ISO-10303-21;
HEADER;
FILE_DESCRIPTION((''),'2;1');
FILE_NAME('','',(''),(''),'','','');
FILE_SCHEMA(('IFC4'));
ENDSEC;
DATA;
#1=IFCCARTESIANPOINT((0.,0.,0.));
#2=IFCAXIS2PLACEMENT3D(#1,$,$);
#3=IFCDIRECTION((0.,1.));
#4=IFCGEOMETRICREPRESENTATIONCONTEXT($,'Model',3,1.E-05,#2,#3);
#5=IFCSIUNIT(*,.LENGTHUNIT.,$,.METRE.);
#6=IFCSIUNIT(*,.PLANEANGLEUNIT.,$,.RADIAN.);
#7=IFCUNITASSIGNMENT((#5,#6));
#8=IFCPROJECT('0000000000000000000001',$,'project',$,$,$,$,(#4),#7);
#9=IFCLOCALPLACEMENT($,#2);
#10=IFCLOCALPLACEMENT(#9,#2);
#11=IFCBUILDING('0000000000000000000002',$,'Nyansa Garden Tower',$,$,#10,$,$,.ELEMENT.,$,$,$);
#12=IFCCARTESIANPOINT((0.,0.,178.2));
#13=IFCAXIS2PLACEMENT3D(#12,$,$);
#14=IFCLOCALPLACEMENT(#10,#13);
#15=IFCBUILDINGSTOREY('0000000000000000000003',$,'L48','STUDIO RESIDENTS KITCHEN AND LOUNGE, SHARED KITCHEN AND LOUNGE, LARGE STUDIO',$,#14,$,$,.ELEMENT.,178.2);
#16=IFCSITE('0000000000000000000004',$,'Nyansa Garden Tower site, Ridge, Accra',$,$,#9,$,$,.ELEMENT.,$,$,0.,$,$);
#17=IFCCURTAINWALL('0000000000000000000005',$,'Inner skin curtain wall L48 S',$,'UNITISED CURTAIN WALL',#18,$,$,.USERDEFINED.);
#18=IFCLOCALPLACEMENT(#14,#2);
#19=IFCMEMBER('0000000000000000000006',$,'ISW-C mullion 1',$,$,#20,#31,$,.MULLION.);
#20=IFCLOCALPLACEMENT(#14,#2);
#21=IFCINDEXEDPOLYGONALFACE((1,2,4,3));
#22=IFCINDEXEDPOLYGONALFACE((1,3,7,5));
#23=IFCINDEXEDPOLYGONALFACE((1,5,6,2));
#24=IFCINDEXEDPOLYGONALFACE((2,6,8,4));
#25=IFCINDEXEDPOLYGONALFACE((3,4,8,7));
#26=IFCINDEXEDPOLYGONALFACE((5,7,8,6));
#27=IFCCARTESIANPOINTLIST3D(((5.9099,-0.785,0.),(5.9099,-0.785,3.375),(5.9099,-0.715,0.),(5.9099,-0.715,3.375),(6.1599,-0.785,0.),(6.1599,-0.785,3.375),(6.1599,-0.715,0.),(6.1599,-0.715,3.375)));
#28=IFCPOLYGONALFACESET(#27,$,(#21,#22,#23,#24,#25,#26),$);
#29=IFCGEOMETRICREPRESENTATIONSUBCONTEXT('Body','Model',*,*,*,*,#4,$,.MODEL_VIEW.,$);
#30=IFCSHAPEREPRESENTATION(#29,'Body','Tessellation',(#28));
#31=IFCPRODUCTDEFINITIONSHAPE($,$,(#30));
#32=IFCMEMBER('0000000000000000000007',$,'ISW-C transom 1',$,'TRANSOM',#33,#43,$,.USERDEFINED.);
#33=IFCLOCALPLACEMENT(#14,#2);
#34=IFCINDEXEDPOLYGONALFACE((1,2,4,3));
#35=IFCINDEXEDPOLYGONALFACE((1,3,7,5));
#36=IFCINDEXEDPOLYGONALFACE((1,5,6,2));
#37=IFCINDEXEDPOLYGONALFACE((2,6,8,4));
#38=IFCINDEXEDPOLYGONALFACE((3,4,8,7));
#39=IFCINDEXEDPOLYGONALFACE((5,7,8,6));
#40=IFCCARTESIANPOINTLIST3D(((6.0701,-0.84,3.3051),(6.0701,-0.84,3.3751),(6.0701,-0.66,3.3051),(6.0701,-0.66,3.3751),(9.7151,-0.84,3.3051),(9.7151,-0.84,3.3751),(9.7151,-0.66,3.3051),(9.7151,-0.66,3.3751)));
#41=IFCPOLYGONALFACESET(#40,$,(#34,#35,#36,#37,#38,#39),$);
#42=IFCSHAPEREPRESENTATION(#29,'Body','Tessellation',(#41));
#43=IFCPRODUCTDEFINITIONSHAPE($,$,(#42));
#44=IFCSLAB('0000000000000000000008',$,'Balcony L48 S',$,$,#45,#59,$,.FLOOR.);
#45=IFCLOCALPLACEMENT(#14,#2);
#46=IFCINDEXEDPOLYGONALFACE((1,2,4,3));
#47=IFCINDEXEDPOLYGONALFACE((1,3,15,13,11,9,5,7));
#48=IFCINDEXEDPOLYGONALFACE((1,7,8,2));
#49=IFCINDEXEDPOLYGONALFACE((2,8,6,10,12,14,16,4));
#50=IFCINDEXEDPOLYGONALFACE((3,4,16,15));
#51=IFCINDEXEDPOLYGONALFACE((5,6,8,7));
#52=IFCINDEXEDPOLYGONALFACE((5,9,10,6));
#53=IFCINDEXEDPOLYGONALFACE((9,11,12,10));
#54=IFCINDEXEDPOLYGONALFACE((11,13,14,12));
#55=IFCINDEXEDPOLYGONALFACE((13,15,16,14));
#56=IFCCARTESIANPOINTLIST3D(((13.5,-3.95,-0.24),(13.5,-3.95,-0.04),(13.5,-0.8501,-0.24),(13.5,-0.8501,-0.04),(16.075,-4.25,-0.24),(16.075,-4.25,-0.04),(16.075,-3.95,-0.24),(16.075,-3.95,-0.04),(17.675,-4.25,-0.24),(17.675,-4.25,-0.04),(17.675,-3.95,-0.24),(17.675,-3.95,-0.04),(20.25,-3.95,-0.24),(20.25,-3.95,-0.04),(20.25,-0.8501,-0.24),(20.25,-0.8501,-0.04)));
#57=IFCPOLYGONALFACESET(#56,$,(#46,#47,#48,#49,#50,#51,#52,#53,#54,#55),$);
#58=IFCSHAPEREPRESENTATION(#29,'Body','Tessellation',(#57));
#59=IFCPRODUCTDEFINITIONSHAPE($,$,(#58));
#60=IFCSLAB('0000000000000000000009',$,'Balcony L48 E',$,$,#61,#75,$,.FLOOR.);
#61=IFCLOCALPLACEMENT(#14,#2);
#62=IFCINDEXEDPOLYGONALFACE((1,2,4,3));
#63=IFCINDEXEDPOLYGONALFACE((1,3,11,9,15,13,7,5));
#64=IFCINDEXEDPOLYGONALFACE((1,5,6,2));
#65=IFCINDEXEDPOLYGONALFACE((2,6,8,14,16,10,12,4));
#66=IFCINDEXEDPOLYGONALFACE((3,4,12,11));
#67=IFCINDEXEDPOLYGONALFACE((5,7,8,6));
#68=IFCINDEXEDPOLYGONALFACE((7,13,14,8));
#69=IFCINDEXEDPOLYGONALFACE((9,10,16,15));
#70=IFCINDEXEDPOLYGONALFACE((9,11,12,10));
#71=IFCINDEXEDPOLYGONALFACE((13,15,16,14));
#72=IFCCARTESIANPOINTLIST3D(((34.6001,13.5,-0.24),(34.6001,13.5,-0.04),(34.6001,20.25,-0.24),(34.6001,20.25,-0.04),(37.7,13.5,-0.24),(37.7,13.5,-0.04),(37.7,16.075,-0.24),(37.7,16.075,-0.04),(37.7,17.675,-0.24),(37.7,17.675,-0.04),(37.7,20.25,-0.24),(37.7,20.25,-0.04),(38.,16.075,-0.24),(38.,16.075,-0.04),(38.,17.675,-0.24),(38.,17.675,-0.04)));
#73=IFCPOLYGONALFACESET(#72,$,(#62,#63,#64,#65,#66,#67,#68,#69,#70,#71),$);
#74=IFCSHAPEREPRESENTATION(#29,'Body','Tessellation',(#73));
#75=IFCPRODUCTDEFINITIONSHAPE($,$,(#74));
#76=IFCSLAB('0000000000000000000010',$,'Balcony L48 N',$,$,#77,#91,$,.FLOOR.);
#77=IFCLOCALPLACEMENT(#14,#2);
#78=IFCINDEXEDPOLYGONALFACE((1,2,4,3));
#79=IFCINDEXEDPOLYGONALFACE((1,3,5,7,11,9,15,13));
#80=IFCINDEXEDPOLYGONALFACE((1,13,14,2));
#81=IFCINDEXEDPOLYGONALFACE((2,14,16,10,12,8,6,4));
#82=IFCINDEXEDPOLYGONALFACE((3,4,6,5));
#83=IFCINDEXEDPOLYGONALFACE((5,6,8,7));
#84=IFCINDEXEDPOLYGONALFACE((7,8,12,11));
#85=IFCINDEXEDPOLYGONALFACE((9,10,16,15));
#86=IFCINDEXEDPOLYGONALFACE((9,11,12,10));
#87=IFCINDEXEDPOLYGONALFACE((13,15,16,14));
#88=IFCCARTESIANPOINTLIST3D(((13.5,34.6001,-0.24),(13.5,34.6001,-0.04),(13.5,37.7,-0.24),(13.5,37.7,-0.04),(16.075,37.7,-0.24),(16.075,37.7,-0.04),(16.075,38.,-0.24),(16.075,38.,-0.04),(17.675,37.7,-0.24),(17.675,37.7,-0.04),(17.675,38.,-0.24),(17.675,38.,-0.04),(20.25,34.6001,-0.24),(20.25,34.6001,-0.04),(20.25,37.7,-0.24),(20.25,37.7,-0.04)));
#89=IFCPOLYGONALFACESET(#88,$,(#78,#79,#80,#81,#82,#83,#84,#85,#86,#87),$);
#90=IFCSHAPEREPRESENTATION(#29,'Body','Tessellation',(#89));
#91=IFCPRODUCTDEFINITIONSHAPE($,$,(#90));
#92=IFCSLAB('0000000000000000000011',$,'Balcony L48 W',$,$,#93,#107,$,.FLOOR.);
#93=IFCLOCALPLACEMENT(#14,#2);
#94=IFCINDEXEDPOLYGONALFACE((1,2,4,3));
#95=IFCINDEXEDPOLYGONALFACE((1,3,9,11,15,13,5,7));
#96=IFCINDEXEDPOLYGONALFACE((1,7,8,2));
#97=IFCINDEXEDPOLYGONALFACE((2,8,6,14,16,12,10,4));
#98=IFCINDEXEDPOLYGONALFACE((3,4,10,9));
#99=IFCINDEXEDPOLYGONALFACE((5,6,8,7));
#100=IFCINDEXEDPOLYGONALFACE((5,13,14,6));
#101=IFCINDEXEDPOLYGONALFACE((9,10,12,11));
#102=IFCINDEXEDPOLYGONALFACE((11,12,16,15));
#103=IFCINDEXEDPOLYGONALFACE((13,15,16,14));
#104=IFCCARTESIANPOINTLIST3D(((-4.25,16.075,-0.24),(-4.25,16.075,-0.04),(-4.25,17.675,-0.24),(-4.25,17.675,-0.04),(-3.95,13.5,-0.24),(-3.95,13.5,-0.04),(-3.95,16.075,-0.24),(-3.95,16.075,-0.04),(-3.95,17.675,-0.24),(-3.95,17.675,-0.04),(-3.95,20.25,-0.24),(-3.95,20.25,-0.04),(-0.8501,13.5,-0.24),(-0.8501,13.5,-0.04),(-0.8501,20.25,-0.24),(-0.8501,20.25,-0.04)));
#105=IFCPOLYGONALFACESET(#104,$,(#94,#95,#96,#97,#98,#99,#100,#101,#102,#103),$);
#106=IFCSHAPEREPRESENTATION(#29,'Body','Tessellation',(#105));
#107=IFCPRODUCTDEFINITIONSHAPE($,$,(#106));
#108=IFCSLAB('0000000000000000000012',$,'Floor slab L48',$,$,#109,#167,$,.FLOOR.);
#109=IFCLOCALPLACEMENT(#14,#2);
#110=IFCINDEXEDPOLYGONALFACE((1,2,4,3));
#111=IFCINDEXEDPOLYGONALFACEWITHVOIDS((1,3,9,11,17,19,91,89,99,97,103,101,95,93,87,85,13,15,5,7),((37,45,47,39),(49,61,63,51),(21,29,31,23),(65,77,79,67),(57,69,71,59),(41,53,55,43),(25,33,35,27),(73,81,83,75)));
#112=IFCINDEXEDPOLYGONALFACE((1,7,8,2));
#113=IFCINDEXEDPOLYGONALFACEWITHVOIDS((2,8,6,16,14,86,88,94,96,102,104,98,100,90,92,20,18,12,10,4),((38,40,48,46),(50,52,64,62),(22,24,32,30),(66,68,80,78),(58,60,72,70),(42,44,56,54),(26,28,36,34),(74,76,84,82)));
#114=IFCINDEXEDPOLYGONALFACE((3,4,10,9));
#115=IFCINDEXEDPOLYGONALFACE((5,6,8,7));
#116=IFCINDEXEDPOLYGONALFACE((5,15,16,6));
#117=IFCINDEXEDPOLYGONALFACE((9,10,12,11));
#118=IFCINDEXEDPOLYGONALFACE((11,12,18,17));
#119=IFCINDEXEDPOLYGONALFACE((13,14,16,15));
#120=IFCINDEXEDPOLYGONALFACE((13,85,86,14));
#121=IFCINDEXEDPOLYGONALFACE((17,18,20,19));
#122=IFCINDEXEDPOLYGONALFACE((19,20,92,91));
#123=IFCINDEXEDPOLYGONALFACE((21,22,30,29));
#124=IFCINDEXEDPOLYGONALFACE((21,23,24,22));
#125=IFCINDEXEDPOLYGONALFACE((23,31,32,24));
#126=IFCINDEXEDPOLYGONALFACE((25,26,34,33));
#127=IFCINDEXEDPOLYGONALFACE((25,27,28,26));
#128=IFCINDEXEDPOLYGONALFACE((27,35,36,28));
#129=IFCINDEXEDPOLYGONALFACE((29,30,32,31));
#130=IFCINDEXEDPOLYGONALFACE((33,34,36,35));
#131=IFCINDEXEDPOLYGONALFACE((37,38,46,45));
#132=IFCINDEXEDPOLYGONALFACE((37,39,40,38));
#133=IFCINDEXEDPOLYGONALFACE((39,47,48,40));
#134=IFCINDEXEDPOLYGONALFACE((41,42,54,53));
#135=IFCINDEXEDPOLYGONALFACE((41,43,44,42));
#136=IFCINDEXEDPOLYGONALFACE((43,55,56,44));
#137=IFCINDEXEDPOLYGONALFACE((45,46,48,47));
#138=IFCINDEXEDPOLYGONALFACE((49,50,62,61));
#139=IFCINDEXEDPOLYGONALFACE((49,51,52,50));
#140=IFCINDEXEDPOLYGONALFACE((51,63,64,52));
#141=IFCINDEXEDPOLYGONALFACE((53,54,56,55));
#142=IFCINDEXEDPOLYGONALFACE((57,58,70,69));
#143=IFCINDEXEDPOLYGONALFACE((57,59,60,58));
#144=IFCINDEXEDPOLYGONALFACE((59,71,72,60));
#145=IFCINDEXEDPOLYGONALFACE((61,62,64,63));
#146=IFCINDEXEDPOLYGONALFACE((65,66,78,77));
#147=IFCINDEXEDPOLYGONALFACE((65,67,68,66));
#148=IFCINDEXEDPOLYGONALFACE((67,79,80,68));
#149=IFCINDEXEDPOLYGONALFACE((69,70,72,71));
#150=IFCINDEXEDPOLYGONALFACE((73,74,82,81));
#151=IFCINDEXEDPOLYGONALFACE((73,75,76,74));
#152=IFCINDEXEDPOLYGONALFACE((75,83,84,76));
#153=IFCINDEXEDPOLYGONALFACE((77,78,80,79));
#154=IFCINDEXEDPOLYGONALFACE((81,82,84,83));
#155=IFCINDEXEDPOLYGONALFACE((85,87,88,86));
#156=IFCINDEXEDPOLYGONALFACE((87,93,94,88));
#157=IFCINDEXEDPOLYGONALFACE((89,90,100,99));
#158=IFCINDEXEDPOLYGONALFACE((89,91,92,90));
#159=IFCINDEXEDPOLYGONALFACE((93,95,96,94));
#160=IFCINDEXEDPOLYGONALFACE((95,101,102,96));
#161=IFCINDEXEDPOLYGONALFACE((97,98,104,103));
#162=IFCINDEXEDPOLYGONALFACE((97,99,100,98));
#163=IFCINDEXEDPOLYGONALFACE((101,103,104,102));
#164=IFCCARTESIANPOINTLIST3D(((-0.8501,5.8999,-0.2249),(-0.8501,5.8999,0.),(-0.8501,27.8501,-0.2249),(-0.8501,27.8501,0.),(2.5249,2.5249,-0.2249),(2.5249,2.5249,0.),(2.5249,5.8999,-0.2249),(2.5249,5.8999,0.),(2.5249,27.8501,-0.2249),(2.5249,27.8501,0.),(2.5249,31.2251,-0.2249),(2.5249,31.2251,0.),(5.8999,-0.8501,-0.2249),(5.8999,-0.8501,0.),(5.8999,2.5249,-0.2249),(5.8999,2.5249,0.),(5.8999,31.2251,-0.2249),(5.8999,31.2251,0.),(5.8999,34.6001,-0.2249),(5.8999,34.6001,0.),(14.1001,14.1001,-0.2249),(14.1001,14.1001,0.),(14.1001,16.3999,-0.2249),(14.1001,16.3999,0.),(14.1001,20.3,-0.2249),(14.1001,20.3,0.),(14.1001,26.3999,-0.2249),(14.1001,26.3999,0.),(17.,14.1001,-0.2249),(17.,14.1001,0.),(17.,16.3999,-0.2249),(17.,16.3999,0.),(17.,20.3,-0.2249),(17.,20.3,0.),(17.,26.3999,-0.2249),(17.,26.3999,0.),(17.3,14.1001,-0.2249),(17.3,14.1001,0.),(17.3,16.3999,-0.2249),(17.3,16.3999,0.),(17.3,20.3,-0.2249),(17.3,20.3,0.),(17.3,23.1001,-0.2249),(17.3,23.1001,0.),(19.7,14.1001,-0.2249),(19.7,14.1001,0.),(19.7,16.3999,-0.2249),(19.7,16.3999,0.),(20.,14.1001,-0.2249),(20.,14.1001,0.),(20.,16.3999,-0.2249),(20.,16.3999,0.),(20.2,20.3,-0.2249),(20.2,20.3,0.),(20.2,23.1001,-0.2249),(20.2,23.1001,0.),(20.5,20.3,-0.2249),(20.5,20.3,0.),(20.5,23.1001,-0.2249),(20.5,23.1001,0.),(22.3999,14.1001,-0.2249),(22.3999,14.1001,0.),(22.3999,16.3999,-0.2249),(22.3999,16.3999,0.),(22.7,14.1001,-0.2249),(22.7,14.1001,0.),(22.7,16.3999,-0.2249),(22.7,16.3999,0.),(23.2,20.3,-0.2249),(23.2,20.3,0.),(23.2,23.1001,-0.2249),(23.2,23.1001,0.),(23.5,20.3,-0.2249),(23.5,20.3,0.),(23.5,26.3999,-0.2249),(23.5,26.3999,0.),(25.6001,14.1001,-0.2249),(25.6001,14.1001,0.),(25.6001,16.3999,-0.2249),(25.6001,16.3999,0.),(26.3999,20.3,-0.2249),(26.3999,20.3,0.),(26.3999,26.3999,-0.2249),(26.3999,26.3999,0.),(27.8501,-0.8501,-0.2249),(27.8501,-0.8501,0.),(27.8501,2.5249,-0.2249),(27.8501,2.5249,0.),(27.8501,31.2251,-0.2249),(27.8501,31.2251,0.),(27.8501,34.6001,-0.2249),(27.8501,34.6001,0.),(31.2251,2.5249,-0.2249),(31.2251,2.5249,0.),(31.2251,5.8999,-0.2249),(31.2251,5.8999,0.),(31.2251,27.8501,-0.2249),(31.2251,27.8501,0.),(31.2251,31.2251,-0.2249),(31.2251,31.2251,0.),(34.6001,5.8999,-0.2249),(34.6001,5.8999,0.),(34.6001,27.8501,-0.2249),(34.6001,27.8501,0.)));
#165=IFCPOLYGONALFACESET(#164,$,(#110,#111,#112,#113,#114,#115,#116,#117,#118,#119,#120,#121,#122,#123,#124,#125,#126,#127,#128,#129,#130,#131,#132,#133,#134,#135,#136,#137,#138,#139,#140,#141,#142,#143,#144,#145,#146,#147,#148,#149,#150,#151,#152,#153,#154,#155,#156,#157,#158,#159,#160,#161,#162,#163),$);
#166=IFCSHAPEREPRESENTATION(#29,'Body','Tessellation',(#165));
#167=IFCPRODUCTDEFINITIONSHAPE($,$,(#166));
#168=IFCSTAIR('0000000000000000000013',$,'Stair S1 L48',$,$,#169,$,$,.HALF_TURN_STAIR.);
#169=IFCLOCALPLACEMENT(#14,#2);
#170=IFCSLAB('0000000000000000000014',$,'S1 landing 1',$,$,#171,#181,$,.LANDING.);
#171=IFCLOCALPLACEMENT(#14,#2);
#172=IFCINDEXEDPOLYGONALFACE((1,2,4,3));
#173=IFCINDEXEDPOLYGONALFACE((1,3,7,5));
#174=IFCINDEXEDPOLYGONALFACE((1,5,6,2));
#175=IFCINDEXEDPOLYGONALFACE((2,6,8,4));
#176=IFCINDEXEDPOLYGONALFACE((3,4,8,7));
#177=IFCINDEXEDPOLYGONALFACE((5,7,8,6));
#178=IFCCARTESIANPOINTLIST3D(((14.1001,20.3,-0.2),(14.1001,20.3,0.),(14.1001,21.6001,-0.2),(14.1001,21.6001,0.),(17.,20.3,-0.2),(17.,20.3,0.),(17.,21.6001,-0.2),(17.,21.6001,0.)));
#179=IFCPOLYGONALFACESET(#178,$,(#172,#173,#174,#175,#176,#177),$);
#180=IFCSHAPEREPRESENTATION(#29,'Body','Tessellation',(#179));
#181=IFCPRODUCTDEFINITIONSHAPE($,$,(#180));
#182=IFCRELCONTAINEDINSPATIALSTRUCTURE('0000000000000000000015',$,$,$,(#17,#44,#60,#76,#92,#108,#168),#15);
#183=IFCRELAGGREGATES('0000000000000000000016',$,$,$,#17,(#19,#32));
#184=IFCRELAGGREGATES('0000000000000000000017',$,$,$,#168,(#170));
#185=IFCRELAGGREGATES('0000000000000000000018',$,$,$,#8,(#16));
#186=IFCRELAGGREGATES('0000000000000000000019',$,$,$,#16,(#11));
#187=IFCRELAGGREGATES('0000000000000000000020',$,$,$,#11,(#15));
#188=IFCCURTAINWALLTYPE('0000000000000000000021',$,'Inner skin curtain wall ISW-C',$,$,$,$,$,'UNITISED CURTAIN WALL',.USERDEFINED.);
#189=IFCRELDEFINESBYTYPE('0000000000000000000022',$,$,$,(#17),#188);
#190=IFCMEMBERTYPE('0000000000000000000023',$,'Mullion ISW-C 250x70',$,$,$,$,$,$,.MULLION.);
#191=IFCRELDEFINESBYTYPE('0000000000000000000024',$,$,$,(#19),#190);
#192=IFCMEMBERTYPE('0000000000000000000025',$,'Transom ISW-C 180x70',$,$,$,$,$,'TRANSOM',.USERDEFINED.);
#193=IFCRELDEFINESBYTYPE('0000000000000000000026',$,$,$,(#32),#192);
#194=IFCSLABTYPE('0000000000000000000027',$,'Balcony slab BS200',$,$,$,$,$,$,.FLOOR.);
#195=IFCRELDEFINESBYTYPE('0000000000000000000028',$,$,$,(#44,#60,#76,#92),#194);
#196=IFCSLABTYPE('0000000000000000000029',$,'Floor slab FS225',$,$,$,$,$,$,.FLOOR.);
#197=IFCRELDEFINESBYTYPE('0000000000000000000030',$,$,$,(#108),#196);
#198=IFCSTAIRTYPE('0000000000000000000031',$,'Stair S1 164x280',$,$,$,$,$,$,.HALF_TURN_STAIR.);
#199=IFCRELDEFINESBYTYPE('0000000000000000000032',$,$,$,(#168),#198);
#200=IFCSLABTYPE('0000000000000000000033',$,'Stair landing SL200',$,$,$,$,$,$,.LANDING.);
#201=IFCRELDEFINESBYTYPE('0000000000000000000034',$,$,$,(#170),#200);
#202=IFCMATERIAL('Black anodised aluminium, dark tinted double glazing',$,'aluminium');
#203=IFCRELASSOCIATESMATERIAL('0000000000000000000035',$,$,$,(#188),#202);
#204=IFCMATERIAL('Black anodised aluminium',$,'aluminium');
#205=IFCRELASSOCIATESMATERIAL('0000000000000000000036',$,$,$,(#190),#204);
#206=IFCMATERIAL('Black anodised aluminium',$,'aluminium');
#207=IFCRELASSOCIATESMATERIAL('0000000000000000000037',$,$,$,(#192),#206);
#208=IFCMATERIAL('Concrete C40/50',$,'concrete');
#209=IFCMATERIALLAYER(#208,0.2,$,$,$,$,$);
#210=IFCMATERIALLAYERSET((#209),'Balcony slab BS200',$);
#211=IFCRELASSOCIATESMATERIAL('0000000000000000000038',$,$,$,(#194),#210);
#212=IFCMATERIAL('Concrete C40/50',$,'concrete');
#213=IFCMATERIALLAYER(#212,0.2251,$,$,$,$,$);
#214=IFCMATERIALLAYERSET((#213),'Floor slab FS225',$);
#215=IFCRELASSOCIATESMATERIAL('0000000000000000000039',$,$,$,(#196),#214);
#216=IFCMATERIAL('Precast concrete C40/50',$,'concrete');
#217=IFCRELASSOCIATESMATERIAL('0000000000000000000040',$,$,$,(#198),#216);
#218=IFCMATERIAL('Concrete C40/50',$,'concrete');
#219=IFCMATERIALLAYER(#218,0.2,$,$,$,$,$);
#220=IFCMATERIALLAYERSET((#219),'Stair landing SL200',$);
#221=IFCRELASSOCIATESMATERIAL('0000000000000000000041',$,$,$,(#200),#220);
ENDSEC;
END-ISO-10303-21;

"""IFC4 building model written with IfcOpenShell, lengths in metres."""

from ifc_helpers import new_model, si_unit, direction, frame, origin, origin_2d, place, context, subcontext, project, spatial, polyline, rectangle, outline, extrude, material, layer, layer_set, material_profile, profile_set, type_object, element, aggregate, save


model = new_model("IFC4")

# Units and contexts
model_context = context("Model", 3, precision=1e-05, world=origin(), true_north=direction((0.0, 1.0)))
body_context = subcontext(model_context, "Body", "Model", "MODEL_VIEW")
ifc_project = project(units=[si_unit("LENGTHUNIT", "METRE"), si_unit("PLANEANGLEUNIT", "RADIAN")], contexts=[model_context])

# Site, building, storey
site_placement = place(None, origin())
site = spatial("IfcSite", under=ifc_project, at=site_placement, Name="Nyansa Garden Tower site, Ridge, Accra", CompositionType="ELEMENT", RefElevation=0.0)
building_placement = place(site_placement, origin())
building = spatial("IfcBuilding", under=site, at=building_placement, Name="Nyansa Garden Tower", CompositionType="ELEMENT")
storey_placement = place(building_placement, frame((0.0, 0.0, 178.2)))
storey = spatial("IfcBuildingStorey", under=building, at=storey_placement, Name="L48", Description="STUDIO RESIDENTS KITCHEN AND LOUNGE, SHARED KITCHEN AND LOUNGE, LARGE STUDIO", CompositionType="ELEMENT", Elevation=178.2)

# Curtain wall, members
ifc_material_1 = material(Name="Black anodised aluminium, dark tinted double glazing", Category="aluminium")
curtain_wall_type = type_object("IfcCurtainWallType", Name="Inner skin curtain wall ISW-C", ElementType="UNITISED CURTAIN WALL", PredefinedType="USERDEFINED", material=ifc_material_1)
curtain_wall_placement = place(storey_placement, origin())
curtain_wall = element("IfcCurtainWall", 1, at=curtain_wall_placement, inside=storey, type_object=curtain_wall_type, Name="Inner skin curtain wall L48 S", ObjectType="UNITISED CURTAIN WALL", PredefinedType="USERDEFINED")
ifc_material_2 = material(Name="Black anodised aluminium", Category="aluminium")
ifc_material_profile_1 = material_profile(ifc_material_2, rectangle(XDim=0.0701, YDim=0.25, at=origin_2d()), Name="Mullion 250x70")
ifc_profile_set_1 = profile_set([ifc_material_profile_1], Name="Black anodised aluminium")
member_type_1 = type_object("IfcMemberType", Name="Mullion ISW-C 250x70", PredefinedType="MULLION", material=ifc_profile_set_1)
member_1_placement = place(storey_placement, frame((6.0349, -0.75, 0.0), z_axis=(0.0, 0.0, 1.0), x_axis=(0.0, 1.0, 0.0)))
member_1 = element("IfcMember", 2, at=member_1_placement, type_object=member_type_1, Name="ISW-C mullion 1", PredefinedType="MULLION", context=body_context, shape_type="SweptSolid", body=[
    extrude(rectangle(XDim=0.0701, YDim=0.25, at=origin_2d()), origin(), (0.0, 0.0, 1.0), 3.375),
])
ifc_material_3 = material(Name="Black anodised aluminium", Category="aluminium")
ifc_material_profile_2 = material_profile(ifc_material_3, rectangle(XDim=0.1799, YDim=0.0701, at=origin_2d()), Name="Transom 180x70")
ifc_profile_set_2 = profile_set([ifc_material_profile_2], Name="Black anodised aluminium")
member_type_2 = type_object("IfcMemberType", Name="Transom ISW-C 180x70", ElementType="TRANSOM", PredefinedType="USERDEFINED", material=ifc_profile_set_2)
member_2_placement = place(storey_placement, frame((6.0701, -0.75, 3.3401), z_axis=(1.0, 0.0, 0.0), x_axis=(0.0, 1.0, 0.0)))
member_2 = element("IfcMember", 3, at=member_2_placement, type_object=member_type_2, Name="ISW-C transom 1", ObjectType="TRANSOM", PredefinedType="USERDEFINED", context=body_context, shape_type="SweptSolid", body=[
    extrude(rectangle(XDim=0.1799, YDim=0.0701, at=origin_2d()), origin(), (0.0, 0.0, 1.0), 3.645),
])
aggregate(curtain_wall, [member_1, member_2])

# Slabs
ifc_material_4 = material(Name="Concrete C40/50", Category="concrete")
ifc_layer_1 = layer(ifc_material_4, 0.2)
ifc_layer_set_1 = layer_set([ifc_layer_1], Name="Balcony slab BS200")
slab_type_1 = type_object("IfcSlabType", Name="Balcony slab BS200", PredefinedType="FLOOR", material=ifc_layer_set_1)
slab_1_placement = place(storey_placement, frame((0.0, 0.0, -0.24)))
element("IfcSlab", 4, at=slab_1_placement, inside=storey, type_object=slab_type_1, Name="Balcony L48 S", PredefinedType="FLOOR", context=body_context, shape_type="SweptSolid", body=[
    extrude(outline(polyline([(13.5, -0.8501), (20.25, -0.8501), (20.25, -3.95), (17.675, -3.95), (17.675, -4.25), (16.075, -4.25), (16.075, -3.95), (13.5, -3.95), (13.5, -0.8501)])), origin(), (0.0, 0.0, 1.0), 0.2),
])
slab_2_placement = place(storey_placement, frame((0.0, 0.0, -0.24)))
element("IfcSlab", 5, at=slab_2_placement, inside=storey, type_object=slab_type_1, Name="Balcony L48 E", PredefinedType="FLOOR", context=body_context, shape_type="SweptSolid", body=[
    extrude(outline(polyline([(34.6001, 13.5), (34.6001, 20.25), (37.7, 20.25), (37.7, 17.675), (38.0, 17.675), (38.0, 16.075), (37.7, 16.075), (37.7, 13.5), (34.6001, 13.5)])), origin(), (0.0, 0.0, 1.0), 0.2),
])
slab_3_placement = place(storey_placement, frame((0.0, 0.0, -0.24)))
element("IfcSlab", 6, at=slab_3_placement, inside=storey, type_object=slab_type_1, Name="Balcony L48 N", PredefinedType="FLOOR", context=body_context, shape_type="SweptSolid", body=[
    extrude(outline(polyline([(13.5, 34.6001), (20.25, 34.6001), (20.25, 37.7), (17.675, 37.7), (17.675, 38.0), (16.075, 38.0), (16.075, 37.7), (13.5, 37.7), (13.5, 34.6001)])), origin(), (0.0, 0.0, 1.0), 0.2),
])
slab_4_placement = place(storey_placement, frame((0.0, 0.0, -0.24)))
element("IfcSlab", 7, at=slab_4_placement, inside=storey, type_object=slab_type_1, Name="Balcony L48 W", PredefinedType="FLOOR", context=body_context, shape_type="SweptSolid", body=[
    extrude(outline(polyline([(-0.8501, 13.5), (-0.8501, 20.25), (-3.95, 20.25), (-3.95, 17.675), (-4.25, 17.675), (-4.25, 16.075), (-3.95, 16.075), (-3.95, 13.5), (-0.8501, 13.5)])), origin(), (0.0, 0.0, 1.0), 0.2),
])
ifc_material_5 = material(Name="Concrete C40/50", Category="concrete")
ifc_layer_2 = layer(ifc_material_5, 0.2251)
ifc_layer_set_2 = layer_set([ifc_layer_2], Name="Floor slab FS225")
slab_type_2 = type_object("IfcSlabType", Name="Floor slab FS225", PredefinedType="FLOOR", material=ifc_layer_set_2)
slab_5_placement = place(storey_placement, frame((0.0, 0.0, -0.2249)))
element("IfcSlab", 8, at=slab_5_placement, inside=storey, type_object=slab_type_2, Name="Floor slab L48", PredefinedType="FLOOR", context=body_context, shape_type="SweptSolid", body=[
    extrude(outline(polyline([(34.6001, 5.8999), (31.2251, 5.8999), (31.2251, 2.5249), (27.8501, 2.5249), (27.8501, -0.8501), (5.8999, -0.8501), (5.8999, 2.5249), (2.5249, 2.5249), (2.5249, 5.8999), (-0.8501, 5.8999), (-0.8501, 27.8501), (2.5249, 27.8501), (2.5249, 31.2251), (5.8999, 31.2251), (5.8999, 34.6001), (27.8501, 34.6001), (27.8501, 31.2251), (31.2251, 31.2251), (31.2251, 27.8501), (34.6001, 27.8501), (34.6001, 5.8999)]), holes=[polyline([(14.1001, 14.1001), (17.0, 14.1001), (17.0, 16.3999), (14.1001, 16.3999), (14.1001, 14.1001)]), polyline([(17.3, 14.1001), (19.7, 14.1001), (19.7, 16.3999), (17.3, 16.3999), (17.3, 14.1001)]), polyline([(20.0, 14.1001), (22.3999, 14.1001), (22.3999, 16.3999), (20.0, 16.3999), (20.0, 14.1001)]), polyline([(22.7, 14.1001), (25.6001, 14.1001), (25.6001, 16.3999), (22.7, 16.3999), (22.7, 14.1001)]), polyline([(17.3, 20.3), (20.2, 20.3), (20.2, 23.1001), (17.3, 23.1001), (17.3, 20.3)]), polyline([(20.5, 20.3), (23.2, 20.3), (23.2, 23.1001), (20.5, 23.1001), (20.5, 20.3)]), polyline([(14.1001, 20.3), (17.0, 20.3), (17.0, 26.3999), (14.1001, 26.3999), (14.1001, 20.3)]), polyline([(23.5, 20.3), (26.3999, 20.3), (26.3999, 26.3999), (23.5, 26.3999), (23.5, 20.3)])]), origin(), (0.0, 0.0, 1.0), 0.2249),
])

# Stair, slab
ifc_material_6 = material(Name="Precast concrete C40/50", Category="concrete")
stair_type_1 = type_object("IfcStairType", Name="Stair S1 164x280", PredefinedType="HALF_TURN_STAIR", material=ifc_material_6)
stair_1_placement = place(storey_placement, origin())
stair_1 = element("IfcStair", 9, at=stair_1_placement, inside=storey, type_object=stair_type_1, Name="Stair S1 L48", PredefinedType="HALF_TURN_STAIR")
ifc_material_7 = material(Name="Concrete C40/50", Category="concrete")
ifc_layer_3 = layer(ifc_material_7, 0.2)
ifc_layer_set_3 = layer_set([ifc_layer_3], Name="Stair landing SL200")
slab_type_3 = type_object("IfcSlabType", Name="Stair landing SL200", PredefinedType="LANDING", material=ifc_layer_set_3)
slab_6_placement = place(storey_placement, frame((0.0, 0.0, -0.2)))
slab_6 = element("IfcSlab", 10, at=slab_6_placement, type_object=slab_type_3, Name="S1 landing 1", PredefinedType="LANDING", context=body_context, shape_type="SweptSolid", body=[
    extrude(outline(polyline([(14.1001, 20.3), (17.0, 20.3), (17.0, 21.6001), (14.1001, 21.6001), (14.1001, 20.3)])), origin(), (0.0, 0.0, 1.0), 0.2),
])
aggregate(stair_1, [slab_6])

save(model, "model.ifc")
